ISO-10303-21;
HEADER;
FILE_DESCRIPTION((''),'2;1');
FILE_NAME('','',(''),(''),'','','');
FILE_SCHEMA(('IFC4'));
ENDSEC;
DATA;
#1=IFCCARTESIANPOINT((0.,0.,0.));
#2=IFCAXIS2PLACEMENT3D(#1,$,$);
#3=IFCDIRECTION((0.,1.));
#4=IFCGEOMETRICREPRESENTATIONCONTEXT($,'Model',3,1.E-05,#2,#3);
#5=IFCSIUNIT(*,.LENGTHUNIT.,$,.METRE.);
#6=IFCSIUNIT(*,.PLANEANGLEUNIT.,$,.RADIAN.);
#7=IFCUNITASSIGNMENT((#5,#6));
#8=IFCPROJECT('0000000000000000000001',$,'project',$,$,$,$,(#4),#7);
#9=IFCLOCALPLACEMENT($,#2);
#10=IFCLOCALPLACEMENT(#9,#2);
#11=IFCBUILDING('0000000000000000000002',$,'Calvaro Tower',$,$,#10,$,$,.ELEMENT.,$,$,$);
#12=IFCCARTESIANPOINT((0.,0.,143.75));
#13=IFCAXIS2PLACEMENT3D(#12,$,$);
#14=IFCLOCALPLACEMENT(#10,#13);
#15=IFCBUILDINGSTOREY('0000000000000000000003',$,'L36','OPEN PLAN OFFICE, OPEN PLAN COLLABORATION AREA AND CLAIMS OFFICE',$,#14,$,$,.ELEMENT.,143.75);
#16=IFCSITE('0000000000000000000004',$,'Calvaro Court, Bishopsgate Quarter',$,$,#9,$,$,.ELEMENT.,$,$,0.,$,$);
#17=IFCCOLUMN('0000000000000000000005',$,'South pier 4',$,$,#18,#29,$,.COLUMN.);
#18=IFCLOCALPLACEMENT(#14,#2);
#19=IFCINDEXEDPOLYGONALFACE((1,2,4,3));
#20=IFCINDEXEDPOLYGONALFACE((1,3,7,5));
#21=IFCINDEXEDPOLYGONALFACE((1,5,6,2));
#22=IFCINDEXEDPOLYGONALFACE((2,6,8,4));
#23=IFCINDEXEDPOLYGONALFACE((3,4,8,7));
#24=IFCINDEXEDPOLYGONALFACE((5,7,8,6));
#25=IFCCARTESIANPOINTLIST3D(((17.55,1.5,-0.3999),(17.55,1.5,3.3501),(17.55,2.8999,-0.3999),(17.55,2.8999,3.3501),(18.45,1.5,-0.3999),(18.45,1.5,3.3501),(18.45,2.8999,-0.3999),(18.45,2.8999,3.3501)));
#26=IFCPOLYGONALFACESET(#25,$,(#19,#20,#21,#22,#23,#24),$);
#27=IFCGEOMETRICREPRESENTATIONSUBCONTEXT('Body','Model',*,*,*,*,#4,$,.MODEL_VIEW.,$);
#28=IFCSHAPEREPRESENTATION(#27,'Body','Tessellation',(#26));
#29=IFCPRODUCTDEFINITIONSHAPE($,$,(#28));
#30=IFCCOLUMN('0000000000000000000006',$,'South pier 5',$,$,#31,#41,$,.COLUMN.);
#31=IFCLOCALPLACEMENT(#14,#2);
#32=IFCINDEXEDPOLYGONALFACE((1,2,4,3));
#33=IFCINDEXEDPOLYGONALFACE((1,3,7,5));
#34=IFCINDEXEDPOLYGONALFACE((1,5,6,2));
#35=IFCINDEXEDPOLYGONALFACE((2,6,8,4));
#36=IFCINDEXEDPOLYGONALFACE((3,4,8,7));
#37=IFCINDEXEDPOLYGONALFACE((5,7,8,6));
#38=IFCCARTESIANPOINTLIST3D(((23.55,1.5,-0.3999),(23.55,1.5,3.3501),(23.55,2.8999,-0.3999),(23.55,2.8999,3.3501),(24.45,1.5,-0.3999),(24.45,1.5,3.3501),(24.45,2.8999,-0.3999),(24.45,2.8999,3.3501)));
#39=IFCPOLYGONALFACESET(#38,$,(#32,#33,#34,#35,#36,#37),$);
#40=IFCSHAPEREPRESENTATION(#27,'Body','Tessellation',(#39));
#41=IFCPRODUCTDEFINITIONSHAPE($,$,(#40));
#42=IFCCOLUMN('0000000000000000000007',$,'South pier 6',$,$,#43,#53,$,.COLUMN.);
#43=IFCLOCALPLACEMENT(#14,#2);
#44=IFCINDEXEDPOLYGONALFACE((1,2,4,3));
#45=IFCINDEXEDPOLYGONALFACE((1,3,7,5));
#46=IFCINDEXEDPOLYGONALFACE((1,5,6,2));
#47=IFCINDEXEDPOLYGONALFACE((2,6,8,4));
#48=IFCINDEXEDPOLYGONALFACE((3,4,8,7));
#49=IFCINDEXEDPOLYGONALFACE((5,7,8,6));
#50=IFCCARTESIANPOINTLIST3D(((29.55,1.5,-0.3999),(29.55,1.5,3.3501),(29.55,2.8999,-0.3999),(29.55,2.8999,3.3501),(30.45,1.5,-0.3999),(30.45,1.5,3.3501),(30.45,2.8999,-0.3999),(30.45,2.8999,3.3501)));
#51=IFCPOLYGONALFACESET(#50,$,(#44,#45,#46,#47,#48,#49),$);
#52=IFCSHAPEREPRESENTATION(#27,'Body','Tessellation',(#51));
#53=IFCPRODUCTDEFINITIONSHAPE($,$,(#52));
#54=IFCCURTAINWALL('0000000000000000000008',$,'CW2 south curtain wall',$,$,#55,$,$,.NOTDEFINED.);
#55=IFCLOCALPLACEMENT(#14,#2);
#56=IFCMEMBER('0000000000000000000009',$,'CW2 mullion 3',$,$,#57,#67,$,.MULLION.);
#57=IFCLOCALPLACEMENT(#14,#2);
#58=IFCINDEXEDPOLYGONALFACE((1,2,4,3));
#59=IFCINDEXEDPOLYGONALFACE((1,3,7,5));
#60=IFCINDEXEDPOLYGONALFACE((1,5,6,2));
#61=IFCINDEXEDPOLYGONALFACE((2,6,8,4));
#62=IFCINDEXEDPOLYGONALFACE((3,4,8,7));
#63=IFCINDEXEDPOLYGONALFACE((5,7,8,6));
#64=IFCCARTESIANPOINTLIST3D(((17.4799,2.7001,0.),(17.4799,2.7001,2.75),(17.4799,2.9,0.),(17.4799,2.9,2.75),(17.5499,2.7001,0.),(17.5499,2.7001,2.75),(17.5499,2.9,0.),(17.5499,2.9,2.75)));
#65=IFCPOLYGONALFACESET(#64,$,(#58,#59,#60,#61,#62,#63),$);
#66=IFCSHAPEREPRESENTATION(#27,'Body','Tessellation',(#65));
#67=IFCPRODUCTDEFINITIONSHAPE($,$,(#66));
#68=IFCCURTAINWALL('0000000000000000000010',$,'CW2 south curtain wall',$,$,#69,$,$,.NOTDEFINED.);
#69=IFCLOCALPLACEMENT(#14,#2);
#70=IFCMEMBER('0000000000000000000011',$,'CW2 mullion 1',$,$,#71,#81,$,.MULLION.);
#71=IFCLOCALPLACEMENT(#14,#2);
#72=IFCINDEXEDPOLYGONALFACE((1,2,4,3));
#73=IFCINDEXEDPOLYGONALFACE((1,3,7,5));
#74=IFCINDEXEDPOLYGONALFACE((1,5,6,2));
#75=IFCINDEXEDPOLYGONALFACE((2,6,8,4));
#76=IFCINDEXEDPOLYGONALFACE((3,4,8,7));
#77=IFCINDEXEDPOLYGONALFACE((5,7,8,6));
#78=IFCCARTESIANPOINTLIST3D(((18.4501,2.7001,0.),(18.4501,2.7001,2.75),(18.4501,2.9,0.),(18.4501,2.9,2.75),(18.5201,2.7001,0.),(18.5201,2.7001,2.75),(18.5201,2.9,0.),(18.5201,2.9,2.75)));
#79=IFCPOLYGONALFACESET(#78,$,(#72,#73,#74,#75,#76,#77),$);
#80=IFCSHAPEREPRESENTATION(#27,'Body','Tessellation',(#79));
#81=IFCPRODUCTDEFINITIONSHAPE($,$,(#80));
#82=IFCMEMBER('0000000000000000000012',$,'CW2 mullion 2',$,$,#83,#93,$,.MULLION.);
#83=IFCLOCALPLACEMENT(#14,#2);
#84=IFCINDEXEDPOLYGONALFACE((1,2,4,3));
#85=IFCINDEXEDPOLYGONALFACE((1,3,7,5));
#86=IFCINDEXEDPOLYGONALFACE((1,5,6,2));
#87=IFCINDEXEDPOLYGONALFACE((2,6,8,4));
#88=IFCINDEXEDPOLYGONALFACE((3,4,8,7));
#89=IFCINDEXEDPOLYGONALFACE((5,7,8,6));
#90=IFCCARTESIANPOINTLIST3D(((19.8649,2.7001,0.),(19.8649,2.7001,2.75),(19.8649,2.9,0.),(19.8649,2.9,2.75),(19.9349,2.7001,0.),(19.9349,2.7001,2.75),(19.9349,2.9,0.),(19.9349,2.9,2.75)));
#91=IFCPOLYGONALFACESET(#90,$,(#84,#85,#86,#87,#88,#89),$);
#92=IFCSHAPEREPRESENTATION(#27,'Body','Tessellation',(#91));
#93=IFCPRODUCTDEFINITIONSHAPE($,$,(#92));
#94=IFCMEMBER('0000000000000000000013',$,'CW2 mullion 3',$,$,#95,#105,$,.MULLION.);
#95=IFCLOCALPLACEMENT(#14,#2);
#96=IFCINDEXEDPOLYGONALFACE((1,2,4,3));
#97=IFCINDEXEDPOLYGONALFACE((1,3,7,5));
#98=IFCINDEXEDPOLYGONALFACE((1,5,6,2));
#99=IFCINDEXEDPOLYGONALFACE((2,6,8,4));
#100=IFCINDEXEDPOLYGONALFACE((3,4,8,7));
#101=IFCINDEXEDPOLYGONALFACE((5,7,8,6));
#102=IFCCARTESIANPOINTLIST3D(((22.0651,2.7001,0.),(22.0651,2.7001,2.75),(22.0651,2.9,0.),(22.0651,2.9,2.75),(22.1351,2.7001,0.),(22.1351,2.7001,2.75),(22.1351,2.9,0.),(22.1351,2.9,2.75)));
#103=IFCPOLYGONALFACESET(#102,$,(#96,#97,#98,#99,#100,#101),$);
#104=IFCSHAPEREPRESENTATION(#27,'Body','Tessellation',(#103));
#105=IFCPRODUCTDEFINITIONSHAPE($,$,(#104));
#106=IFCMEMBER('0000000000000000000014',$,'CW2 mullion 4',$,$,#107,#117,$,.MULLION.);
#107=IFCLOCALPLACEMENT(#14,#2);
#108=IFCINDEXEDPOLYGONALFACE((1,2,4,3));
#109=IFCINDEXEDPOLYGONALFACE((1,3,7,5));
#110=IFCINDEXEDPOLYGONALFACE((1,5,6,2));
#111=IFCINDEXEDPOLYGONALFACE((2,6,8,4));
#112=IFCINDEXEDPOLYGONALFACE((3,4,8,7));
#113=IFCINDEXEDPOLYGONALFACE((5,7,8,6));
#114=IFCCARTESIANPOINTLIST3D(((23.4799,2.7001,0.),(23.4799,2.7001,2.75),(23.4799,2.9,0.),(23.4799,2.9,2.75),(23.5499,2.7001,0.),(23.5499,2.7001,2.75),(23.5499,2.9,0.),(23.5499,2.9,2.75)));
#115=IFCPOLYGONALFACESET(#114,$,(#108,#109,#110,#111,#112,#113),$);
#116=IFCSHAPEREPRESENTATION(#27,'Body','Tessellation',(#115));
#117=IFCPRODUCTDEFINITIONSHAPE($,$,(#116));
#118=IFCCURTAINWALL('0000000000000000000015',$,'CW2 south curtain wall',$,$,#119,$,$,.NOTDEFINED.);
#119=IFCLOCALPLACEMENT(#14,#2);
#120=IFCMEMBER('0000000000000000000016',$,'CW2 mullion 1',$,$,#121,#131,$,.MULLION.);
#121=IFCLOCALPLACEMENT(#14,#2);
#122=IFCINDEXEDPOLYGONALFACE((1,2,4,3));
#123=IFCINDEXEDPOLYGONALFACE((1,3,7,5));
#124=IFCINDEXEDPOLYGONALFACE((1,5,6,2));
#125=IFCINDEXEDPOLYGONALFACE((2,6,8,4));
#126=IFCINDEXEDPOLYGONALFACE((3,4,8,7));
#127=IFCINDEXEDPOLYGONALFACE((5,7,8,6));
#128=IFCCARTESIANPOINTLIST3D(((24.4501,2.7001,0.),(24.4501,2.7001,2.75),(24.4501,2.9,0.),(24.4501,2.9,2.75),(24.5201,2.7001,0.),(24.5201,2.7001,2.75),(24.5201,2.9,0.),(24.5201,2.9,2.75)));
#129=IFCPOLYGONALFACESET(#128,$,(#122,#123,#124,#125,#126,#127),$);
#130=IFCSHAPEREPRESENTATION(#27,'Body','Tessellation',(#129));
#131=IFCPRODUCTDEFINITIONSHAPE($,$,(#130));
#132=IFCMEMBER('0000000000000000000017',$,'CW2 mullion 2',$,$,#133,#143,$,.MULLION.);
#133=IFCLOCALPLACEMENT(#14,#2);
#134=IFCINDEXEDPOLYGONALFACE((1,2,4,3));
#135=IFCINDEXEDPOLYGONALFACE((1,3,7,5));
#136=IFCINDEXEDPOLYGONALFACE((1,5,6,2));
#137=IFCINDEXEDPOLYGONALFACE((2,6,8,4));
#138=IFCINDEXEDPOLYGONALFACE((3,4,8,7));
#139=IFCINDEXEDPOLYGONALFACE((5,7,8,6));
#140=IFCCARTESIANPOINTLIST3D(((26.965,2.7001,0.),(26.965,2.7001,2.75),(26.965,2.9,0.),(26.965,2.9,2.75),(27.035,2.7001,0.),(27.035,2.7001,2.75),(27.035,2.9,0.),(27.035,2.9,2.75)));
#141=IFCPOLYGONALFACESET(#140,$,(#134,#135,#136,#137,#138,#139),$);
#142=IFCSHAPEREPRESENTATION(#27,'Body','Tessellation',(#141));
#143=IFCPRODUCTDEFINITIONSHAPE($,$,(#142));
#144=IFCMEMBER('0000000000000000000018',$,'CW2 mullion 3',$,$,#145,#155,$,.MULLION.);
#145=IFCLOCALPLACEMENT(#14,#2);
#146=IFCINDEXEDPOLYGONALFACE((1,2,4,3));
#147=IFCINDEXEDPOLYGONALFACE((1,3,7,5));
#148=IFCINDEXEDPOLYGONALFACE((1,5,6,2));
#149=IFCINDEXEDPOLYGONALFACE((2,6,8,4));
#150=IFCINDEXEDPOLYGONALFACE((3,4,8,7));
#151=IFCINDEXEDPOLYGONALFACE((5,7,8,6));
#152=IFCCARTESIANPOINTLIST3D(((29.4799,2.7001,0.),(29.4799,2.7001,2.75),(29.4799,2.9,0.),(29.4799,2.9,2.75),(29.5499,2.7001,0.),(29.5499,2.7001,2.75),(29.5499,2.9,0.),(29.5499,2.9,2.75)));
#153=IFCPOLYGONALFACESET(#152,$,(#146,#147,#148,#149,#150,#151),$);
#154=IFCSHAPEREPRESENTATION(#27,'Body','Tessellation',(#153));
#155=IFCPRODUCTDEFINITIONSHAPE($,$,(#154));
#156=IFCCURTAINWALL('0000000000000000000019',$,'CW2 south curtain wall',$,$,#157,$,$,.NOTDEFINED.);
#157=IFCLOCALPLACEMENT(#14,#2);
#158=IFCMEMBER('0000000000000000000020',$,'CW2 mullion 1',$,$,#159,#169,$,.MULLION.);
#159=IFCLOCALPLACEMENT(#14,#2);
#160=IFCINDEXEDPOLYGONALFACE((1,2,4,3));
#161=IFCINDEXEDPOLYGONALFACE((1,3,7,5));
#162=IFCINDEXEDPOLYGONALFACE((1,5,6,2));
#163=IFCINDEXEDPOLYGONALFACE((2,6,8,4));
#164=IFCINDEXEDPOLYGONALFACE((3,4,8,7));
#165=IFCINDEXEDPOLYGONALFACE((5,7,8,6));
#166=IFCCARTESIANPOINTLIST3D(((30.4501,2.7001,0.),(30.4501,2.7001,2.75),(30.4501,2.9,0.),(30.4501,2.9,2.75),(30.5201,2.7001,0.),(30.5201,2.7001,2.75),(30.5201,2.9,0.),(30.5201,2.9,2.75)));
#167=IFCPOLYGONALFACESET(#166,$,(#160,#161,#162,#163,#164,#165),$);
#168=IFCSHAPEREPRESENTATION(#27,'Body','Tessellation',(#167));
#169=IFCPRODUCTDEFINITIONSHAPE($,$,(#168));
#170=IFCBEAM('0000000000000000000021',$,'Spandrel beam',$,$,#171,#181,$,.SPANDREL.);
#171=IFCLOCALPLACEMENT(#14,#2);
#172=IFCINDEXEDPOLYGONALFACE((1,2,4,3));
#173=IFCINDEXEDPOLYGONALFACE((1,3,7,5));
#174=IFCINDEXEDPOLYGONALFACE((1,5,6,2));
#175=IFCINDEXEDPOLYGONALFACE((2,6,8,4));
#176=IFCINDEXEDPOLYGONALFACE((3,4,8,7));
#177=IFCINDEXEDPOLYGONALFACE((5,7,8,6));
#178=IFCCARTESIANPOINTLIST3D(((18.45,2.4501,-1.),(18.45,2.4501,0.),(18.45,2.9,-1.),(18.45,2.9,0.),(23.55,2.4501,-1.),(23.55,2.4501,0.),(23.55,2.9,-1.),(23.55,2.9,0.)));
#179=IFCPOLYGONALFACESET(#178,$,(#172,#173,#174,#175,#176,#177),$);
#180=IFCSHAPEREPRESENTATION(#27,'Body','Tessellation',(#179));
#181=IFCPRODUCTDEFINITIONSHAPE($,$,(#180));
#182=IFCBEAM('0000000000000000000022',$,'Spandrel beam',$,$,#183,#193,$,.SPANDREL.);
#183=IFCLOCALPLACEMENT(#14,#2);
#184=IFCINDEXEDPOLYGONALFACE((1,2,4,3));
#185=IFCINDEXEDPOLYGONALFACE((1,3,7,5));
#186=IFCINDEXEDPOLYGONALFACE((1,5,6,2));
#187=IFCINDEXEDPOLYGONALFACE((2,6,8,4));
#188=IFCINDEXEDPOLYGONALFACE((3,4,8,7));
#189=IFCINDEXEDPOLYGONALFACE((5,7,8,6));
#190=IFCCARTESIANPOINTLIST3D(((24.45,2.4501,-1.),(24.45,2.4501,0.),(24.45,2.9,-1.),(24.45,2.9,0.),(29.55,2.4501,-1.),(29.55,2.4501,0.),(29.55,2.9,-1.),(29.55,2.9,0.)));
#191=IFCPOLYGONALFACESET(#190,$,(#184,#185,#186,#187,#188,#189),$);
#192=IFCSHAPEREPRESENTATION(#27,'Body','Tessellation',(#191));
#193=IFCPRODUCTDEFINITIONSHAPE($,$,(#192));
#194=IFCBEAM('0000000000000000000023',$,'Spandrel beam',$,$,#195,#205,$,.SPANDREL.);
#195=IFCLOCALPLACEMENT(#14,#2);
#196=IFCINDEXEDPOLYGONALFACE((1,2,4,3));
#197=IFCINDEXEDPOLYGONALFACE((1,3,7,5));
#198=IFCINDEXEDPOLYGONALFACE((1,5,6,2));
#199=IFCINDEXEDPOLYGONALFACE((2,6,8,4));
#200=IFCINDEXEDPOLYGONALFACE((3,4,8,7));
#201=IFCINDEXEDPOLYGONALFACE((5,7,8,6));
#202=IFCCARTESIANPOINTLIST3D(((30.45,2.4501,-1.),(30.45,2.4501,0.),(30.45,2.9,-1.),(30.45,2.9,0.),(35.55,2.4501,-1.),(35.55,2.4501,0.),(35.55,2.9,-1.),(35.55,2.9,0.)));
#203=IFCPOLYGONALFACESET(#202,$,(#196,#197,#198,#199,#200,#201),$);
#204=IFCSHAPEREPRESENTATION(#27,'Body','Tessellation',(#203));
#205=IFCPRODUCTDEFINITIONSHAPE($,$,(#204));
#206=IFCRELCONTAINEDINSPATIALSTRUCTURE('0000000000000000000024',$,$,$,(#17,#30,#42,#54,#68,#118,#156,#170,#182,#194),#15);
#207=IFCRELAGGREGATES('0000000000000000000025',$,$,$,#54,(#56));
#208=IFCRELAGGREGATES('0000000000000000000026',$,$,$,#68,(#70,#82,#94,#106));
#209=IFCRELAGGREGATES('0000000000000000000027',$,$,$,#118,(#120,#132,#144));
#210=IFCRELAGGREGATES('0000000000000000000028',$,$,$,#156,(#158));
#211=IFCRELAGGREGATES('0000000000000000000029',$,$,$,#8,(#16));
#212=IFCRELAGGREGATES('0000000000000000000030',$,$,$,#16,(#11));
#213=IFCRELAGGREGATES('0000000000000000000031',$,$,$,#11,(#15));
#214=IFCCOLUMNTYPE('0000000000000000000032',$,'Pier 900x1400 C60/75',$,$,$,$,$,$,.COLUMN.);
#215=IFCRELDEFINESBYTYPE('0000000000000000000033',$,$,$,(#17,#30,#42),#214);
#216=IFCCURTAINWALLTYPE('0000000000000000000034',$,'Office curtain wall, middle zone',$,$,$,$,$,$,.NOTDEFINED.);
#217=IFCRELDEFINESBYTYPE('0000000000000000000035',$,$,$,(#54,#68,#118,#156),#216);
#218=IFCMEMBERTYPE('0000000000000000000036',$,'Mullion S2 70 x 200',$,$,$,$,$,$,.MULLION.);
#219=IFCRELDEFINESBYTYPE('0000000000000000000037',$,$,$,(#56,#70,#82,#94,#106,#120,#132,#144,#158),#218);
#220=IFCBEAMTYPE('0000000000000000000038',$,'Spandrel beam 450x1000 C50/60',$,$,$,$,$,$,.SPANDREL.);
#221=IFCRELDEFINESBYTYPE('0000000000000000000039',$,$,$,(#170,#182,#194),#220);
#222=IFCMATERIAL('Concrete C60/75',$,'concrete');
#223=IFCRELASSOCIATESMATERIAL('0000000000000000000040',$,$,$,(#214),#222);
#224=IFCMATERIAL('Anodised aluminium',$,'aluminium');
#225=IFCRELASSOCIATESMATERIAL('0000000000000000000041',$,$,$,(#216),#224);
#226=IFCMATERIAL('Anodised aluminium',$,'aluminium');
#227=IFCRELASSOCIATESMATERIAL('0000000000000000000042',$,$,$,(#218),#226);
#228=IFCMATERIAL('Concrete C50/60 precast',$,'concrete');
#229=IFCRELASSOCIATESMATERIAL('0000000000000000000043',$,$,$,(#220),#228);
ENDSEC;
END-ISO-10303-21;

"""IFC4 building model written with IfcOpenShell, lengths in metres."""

from ifc_helpers import new_model, si_unit, direction, frame, origin, origin_2d, place, context, subcontext, project, spatial, rectangle, extrude, material, material_profile, profile_set, type_object, element, aggregate, save


model = new_model("IFC4")

# Units and contexts
model_context = context("Model", 3, precision=1e-05, world=origin(), true_north=direction((0.0, 1.0)))
body_context = subcontext(model_context, "Body", "Model", "MODEL_VIEW")
ifc_project = project(units=[si_unit("LENGTHUNIT", "METRE"), si_unit("PLANEANGLEUNIT", "RADIAN")], contexts=[model_context])

# Site, building, storey
site_placement = place(None, origin())
site = spatial("IfcSite", under=ifc_project, at=site_placement, Name="Calvaro Court, Bishopsgate Quarter", CompositionType="ELEMENT", RefElevation=0.0)
building_placement = place(site_placement, origin())
building = spatial("IfcBuilding", under=site, at=building_placement, Name="Calvaro Tower", CompositionType="ELEMENT")
storey_placement = place(building_placement, frame((0.0, 0.0, 143.75)))
storey = spatial("IfcBuildingStorey", under=building, at=storey_placement, Name="L36", Description="OPEN PLAN OFFICE, OPEN PLAN COLLABORATION AREA AND CLAIMS OFFICE", CompositionType="ELEMENT", Elevation=143.75)

# Columns
ifc_material_1 = material(Name="Concrete C60/75", Category="concrete")
ifc_material_profile_1 = material_profile(ifc_material_1, rectangle(XDim=0.8999, YDim=1.3999, at=origin_2d()), Name="RC 900x1400")
ifc_profile_set_1 = profile_set([ifc_material_profile_1], Name="Concrete C60/75")
column_type = type_object("IfcColumnType", Name="Pier 900x1400 C60/75", PredefinedType="COLUMN", material=ifc_profile_set_1)
for number, where, z_axis, x_axis, name in (
    (1, (18.0, 2.2, -0.3999), (0.0, 0.0, 1.0), (1.0, 0.0, 0.0), "South pier 4"),
    (2, (24.0, 2.2, -0.3999), (0.0, 0.0, 1.0), (1.0, 0.0, 0.0), "South pier 5"),
    (3, (30.0, 2.2, -0.3999), (0.0, 0.0, 1.0), (1.0, 0.0, 0.0), "South pier 6"),
):
    element("IfcColumn", number, at=place(storey_placement, frame(where, z_axis=z_axis, x_axis=x_axis)), inside=storey, type_object=column_type, Name=name, PredefinedType="COLUMN", context=body_context, shape_type="SweptSolid", body=[
        extrude(rectangle(XDim=0.8999, YDim=1.3999, at=origin_2d()), origin(), (0.0, 0.0, 1.0), 3.75),
    ])

# Curtain wall, member
ifc_material_2 = material(Name="Anodised aluminium", Category="aluminium")
curtain_wall_type = type_object("IfcCurtainWallType", Name="Office curtain wall, middle zone", PredefinedType="NOTDEFINED", material=ifc_material_2)
curtain_wall_1_placement = place(storey_placement, origin())
curtain_wall_1 = element("IfcCurtainWall", 4, at=curtain_wall_1_placement, inside=storey, type_object=curtain_wall_type, Name="CW2 south curtain wall", PredefinedType="NOTDEFINED")
ifc_material_3 = material(Name="Anodised aluminium", Category="aluminium")
ifc_material_profile_2 = material_profile(ifc_material_3, rectangle(XDim=0.2, YDim=0.0701, at=origin_2d()), Name="Mullion S2 70 x 200")
ifc_profile_set_2 = profile_set([ifc_material_profile_2], Name="Anodised aluminium")
member_type_1 = type_object("IfcMemberType", Name="Mullion S2 70 x 200", PredefinedType="MULLION", material=ifc_profile_set_2)
member_1_placement = place(storey_placement, frame((17.5149, 2.8, 0.0), z_axis=(0.0, 0.0, 1.0), x_axis=(0.0, 1.0, 0.0)))
member_1 = element("IfcMember", 5, at=member_1_placement, type_object=member_type_1, Name="CW2 mullion 3", PredefinedType="MULLION", context=body_context, shape_type="SweptSolid", body=[
    extrude(rectangle(XDim=0.2, YDim=0.0701, at=origin_2d()), origin(), (0.0, 0.0, 1.0), 2.75),
])

# Curtain walls, members
curtain_wall_2_placement = place(storey_placement, origin())
curtain_wall_2 = element("IfcCurtainWall", 6, at=curtain_wall_2_placement, inside=storey, type_object=curtain_wall_type, Name="CW2 south curtain wall", PredefinedType="NOTDEFINED")
member_2_placement = place(storey_placement, frame((18.4851, 2.8, 0.0), z_axis=(0.0, 0.0, 1.0), x_axis=(0.0, 1.0, 0.0)))
member_2 = element("IfcMember", 7, at=member_2_placement, type_object=member_type_1, Name="CW2 mullion 1", PredefinedType="MULLION", context=body_context, shape_type="SweptSolid", body=[
    extrude(rectangle(XDim=0.2, YDim=0.0701, at=origin_2d()), origin(), (0.0, 0.0, 1.0), 2.75),
])
member_3_placement = place(storey_placement, frame((19.8999, 2.8, 0.0), z_axis=(0.0, 0.0, 1.0), x_axis=(0.0, 1.0, 0.0)))
member_3 = element("IfcMember", 8, at=member_3_placement, type_object=member_type_1, Name="CW2 mullion 2", PredefinedType="MULLION", context=body_context, shape_type="SweptSolid", body=[
    extrude(rectangle(XDim=0.2, YDim=0.0701, at=origin_2d()), origin(), (0.0, 0.0, 1.0), 2.75),
])
member_4_placement = place(storey_placement, frame((22.1001, 2.8, 0.0), z_axis=(0.0, 0.0, 1.0), x_axis=(0.0, 1.0, 0.0)))
member_4 = element("IfcMember", 9, at=member_4_placement, type_object=member_type_1, Name="CW2 mullion 3", PredefinedType="MULLION", context=body_context, shape_type="SweptSolid", body=[
    extrude(rectangle(XDim=0.2, YDim=0.0701, at=origin_2d()), origin(), (0.0, 0.0, 1.0), 2.75),
])
member_5_placement = place(storey_placement, frame((23.5149, 2.8, 0.0), z_axis=(0.0, 0.0, 1.0), x_axis=(0.0, 1.0, 0.0)))
member_5 = element("IfcMember", 10, at=member_5_placement, type_object=member_type_1, Name="CW2 mullion 4", PredefinedType="MULLION", context=body_context, shape_type="SweptSolid", body=[
    extrude(rectangle(XDim=0.2, YDim=0.0701, at=origin_2d()), origin(), (0.0, 0.0, 1.0), 2.75),
])
curtain_wall_3_placement = place(storey_placement, origin())
curtain_wall_3 = element("IfcCurtainWall", 11, at=curtain_wall_3_placement, inside=storey, type_object=curtain_wall_type, Name="CW2 south curtain wall", PredefinedType="NOTDEFINED")
member_6_placement = place(storey_placement, frame((24.4851, 2.8, 0.0), z_axis=(0.0, 0.0, 1.0), x_axis=(0.0, 1.0, 0.0)))
member_6 = element("IfcMember", 12, at=member_6_placement, type_object=member_type_1, Name="CW2 mullion 1", PredefinedType="MULLION", context=body_context, shape_type="SweptSolid", body=[
    extrude(rectangle(XDim=0.2, YDim=0.0701, at=origin_2d()), origin(), (0.0, 0.0, 1.0), 2.75),
])
member_7_placement = place(storey_placement, frame((27.0, 2.8, 0.0), z_axis=(0.0, 0.0, 1.0), x_axis=(0.0, 1.0, 0.0)))
member_7 = element("IfcMember", 13, at=member_7_placement, type_object=member_type_1, Name="CW2 mullion 2", PredefinedType="MULLION", context=body_context, shape_type="SweptSolid", body=[
    extrude(rectangle(XDim=0.2, YDim=0.0701, at=origin_2d()), origin(), (0.0, 0.0, 1.0), 2.75),
])
member_8_placement = place(storey_placement, frame((29.5149, 2.8, 0.0), z_axis=(0.0, 0.0, 1.0), x_axis=(0.0, 1.0, 0.0)))
member_8 = element("IfcMember", 14, at=member_8_placement, type_object=member_type_1, Name="CW2 mullion 3", PredefinedType="MULLION", context=body_context, shape_type="SweptSolid", body=[
    extrude(rectangle(XDim=0.2, YDim=0.0701, at=origin_2d()), origin(), (0.0, 0.0, 1.0), 2.75),
])

# Curtain wall, member
curtain_wall_4_placement = place(storey_placement, origin())
curtain_wall_4 = element("IfcCurtainWall", 15, at=curtain_wall_4_placement, inside=storey, type_object=curtain_wall_type, Name="CW2 south curtain wall", PredefinedType="NOTDEFINED")
member_9_placement = place(storey_placement, frame((30.4851, 2.8, 0.0), z_axis=(0.0, 0.0, 1.0), x_axis=(0.0, 1.0, 0.0)))
member_9 = element("IfcMember", 16, at=member_9_placement, type_object=member_type_1, Name="CW2 mullion 1", PredefinedType="MULLION", context=body_context, shape_type="SweptSolid", body=[
    extrude(rectangle(XDim=0.2, YDim=0.0701, at=origin_2d()), origin(), (0.0, 0.0, 1.0), 2.75),
])

# Beams
ifc_material_4 = material(Name="Concrete C50/60 precast", Category="concrete")
ifc_material_profile_3 = material_profile(ifc_material_4, rectangle(XDim=0.45, YDim=1.0, at=origin_2d()), Name="RC 450x1000")
ifc_profile_set_3 = profile_set([ifc_material_profile_3], Name="Concrete C50/60 precast")
beam_type = type_object("IfcBeamType", Name="Spandrel beam 450x1000 C50/60", PredefinedType="SPANDREL", material=ifc_profile_set_3)
for number, where, z_axis, x_axis, name in (
    (17, (18.45, 2.675, -0.5), (1.0, 0.0, 0.0), (0.0, 1.0, 0.0), "Spandrel beam"),
    (18, (24.45, 2.675, -0.5), (1.0, 0.0, 0.0), (0.0, 1.0, 0.0), "Spandrel beam"),
    (19, (30.45, 2.675, -0.5), (1.0, 0.0, 0.0), (0.0, 1.0, 0.0), "Spandrel beam"),
):
    element("IfcBeam", number, at=place(storey_placement, frame(where, z_axis=z_axis, x_axis=x_axis)), inside=storey, type_object=beam_type, Name=name, PredefinedType="SPANDREL", context=body_context, shape_type="SweptSolid", body=[
        extrude(rectangle(XDim=0.45, YDim=1.0, at=origin_2d()), origin(), (0.0, 0.0, 1.0), 5.1001),
    ])

aggregate(curtain_wall_1, [member_1])
aggregate(curtain_wall_2, [member_2, member_3, member_4, member_5])
aggregate(curtain_wall_3, [member_6, member_7, member_8])
aggregate(curtain_wall_4, [member_9])

save(model, "model.ifc")
